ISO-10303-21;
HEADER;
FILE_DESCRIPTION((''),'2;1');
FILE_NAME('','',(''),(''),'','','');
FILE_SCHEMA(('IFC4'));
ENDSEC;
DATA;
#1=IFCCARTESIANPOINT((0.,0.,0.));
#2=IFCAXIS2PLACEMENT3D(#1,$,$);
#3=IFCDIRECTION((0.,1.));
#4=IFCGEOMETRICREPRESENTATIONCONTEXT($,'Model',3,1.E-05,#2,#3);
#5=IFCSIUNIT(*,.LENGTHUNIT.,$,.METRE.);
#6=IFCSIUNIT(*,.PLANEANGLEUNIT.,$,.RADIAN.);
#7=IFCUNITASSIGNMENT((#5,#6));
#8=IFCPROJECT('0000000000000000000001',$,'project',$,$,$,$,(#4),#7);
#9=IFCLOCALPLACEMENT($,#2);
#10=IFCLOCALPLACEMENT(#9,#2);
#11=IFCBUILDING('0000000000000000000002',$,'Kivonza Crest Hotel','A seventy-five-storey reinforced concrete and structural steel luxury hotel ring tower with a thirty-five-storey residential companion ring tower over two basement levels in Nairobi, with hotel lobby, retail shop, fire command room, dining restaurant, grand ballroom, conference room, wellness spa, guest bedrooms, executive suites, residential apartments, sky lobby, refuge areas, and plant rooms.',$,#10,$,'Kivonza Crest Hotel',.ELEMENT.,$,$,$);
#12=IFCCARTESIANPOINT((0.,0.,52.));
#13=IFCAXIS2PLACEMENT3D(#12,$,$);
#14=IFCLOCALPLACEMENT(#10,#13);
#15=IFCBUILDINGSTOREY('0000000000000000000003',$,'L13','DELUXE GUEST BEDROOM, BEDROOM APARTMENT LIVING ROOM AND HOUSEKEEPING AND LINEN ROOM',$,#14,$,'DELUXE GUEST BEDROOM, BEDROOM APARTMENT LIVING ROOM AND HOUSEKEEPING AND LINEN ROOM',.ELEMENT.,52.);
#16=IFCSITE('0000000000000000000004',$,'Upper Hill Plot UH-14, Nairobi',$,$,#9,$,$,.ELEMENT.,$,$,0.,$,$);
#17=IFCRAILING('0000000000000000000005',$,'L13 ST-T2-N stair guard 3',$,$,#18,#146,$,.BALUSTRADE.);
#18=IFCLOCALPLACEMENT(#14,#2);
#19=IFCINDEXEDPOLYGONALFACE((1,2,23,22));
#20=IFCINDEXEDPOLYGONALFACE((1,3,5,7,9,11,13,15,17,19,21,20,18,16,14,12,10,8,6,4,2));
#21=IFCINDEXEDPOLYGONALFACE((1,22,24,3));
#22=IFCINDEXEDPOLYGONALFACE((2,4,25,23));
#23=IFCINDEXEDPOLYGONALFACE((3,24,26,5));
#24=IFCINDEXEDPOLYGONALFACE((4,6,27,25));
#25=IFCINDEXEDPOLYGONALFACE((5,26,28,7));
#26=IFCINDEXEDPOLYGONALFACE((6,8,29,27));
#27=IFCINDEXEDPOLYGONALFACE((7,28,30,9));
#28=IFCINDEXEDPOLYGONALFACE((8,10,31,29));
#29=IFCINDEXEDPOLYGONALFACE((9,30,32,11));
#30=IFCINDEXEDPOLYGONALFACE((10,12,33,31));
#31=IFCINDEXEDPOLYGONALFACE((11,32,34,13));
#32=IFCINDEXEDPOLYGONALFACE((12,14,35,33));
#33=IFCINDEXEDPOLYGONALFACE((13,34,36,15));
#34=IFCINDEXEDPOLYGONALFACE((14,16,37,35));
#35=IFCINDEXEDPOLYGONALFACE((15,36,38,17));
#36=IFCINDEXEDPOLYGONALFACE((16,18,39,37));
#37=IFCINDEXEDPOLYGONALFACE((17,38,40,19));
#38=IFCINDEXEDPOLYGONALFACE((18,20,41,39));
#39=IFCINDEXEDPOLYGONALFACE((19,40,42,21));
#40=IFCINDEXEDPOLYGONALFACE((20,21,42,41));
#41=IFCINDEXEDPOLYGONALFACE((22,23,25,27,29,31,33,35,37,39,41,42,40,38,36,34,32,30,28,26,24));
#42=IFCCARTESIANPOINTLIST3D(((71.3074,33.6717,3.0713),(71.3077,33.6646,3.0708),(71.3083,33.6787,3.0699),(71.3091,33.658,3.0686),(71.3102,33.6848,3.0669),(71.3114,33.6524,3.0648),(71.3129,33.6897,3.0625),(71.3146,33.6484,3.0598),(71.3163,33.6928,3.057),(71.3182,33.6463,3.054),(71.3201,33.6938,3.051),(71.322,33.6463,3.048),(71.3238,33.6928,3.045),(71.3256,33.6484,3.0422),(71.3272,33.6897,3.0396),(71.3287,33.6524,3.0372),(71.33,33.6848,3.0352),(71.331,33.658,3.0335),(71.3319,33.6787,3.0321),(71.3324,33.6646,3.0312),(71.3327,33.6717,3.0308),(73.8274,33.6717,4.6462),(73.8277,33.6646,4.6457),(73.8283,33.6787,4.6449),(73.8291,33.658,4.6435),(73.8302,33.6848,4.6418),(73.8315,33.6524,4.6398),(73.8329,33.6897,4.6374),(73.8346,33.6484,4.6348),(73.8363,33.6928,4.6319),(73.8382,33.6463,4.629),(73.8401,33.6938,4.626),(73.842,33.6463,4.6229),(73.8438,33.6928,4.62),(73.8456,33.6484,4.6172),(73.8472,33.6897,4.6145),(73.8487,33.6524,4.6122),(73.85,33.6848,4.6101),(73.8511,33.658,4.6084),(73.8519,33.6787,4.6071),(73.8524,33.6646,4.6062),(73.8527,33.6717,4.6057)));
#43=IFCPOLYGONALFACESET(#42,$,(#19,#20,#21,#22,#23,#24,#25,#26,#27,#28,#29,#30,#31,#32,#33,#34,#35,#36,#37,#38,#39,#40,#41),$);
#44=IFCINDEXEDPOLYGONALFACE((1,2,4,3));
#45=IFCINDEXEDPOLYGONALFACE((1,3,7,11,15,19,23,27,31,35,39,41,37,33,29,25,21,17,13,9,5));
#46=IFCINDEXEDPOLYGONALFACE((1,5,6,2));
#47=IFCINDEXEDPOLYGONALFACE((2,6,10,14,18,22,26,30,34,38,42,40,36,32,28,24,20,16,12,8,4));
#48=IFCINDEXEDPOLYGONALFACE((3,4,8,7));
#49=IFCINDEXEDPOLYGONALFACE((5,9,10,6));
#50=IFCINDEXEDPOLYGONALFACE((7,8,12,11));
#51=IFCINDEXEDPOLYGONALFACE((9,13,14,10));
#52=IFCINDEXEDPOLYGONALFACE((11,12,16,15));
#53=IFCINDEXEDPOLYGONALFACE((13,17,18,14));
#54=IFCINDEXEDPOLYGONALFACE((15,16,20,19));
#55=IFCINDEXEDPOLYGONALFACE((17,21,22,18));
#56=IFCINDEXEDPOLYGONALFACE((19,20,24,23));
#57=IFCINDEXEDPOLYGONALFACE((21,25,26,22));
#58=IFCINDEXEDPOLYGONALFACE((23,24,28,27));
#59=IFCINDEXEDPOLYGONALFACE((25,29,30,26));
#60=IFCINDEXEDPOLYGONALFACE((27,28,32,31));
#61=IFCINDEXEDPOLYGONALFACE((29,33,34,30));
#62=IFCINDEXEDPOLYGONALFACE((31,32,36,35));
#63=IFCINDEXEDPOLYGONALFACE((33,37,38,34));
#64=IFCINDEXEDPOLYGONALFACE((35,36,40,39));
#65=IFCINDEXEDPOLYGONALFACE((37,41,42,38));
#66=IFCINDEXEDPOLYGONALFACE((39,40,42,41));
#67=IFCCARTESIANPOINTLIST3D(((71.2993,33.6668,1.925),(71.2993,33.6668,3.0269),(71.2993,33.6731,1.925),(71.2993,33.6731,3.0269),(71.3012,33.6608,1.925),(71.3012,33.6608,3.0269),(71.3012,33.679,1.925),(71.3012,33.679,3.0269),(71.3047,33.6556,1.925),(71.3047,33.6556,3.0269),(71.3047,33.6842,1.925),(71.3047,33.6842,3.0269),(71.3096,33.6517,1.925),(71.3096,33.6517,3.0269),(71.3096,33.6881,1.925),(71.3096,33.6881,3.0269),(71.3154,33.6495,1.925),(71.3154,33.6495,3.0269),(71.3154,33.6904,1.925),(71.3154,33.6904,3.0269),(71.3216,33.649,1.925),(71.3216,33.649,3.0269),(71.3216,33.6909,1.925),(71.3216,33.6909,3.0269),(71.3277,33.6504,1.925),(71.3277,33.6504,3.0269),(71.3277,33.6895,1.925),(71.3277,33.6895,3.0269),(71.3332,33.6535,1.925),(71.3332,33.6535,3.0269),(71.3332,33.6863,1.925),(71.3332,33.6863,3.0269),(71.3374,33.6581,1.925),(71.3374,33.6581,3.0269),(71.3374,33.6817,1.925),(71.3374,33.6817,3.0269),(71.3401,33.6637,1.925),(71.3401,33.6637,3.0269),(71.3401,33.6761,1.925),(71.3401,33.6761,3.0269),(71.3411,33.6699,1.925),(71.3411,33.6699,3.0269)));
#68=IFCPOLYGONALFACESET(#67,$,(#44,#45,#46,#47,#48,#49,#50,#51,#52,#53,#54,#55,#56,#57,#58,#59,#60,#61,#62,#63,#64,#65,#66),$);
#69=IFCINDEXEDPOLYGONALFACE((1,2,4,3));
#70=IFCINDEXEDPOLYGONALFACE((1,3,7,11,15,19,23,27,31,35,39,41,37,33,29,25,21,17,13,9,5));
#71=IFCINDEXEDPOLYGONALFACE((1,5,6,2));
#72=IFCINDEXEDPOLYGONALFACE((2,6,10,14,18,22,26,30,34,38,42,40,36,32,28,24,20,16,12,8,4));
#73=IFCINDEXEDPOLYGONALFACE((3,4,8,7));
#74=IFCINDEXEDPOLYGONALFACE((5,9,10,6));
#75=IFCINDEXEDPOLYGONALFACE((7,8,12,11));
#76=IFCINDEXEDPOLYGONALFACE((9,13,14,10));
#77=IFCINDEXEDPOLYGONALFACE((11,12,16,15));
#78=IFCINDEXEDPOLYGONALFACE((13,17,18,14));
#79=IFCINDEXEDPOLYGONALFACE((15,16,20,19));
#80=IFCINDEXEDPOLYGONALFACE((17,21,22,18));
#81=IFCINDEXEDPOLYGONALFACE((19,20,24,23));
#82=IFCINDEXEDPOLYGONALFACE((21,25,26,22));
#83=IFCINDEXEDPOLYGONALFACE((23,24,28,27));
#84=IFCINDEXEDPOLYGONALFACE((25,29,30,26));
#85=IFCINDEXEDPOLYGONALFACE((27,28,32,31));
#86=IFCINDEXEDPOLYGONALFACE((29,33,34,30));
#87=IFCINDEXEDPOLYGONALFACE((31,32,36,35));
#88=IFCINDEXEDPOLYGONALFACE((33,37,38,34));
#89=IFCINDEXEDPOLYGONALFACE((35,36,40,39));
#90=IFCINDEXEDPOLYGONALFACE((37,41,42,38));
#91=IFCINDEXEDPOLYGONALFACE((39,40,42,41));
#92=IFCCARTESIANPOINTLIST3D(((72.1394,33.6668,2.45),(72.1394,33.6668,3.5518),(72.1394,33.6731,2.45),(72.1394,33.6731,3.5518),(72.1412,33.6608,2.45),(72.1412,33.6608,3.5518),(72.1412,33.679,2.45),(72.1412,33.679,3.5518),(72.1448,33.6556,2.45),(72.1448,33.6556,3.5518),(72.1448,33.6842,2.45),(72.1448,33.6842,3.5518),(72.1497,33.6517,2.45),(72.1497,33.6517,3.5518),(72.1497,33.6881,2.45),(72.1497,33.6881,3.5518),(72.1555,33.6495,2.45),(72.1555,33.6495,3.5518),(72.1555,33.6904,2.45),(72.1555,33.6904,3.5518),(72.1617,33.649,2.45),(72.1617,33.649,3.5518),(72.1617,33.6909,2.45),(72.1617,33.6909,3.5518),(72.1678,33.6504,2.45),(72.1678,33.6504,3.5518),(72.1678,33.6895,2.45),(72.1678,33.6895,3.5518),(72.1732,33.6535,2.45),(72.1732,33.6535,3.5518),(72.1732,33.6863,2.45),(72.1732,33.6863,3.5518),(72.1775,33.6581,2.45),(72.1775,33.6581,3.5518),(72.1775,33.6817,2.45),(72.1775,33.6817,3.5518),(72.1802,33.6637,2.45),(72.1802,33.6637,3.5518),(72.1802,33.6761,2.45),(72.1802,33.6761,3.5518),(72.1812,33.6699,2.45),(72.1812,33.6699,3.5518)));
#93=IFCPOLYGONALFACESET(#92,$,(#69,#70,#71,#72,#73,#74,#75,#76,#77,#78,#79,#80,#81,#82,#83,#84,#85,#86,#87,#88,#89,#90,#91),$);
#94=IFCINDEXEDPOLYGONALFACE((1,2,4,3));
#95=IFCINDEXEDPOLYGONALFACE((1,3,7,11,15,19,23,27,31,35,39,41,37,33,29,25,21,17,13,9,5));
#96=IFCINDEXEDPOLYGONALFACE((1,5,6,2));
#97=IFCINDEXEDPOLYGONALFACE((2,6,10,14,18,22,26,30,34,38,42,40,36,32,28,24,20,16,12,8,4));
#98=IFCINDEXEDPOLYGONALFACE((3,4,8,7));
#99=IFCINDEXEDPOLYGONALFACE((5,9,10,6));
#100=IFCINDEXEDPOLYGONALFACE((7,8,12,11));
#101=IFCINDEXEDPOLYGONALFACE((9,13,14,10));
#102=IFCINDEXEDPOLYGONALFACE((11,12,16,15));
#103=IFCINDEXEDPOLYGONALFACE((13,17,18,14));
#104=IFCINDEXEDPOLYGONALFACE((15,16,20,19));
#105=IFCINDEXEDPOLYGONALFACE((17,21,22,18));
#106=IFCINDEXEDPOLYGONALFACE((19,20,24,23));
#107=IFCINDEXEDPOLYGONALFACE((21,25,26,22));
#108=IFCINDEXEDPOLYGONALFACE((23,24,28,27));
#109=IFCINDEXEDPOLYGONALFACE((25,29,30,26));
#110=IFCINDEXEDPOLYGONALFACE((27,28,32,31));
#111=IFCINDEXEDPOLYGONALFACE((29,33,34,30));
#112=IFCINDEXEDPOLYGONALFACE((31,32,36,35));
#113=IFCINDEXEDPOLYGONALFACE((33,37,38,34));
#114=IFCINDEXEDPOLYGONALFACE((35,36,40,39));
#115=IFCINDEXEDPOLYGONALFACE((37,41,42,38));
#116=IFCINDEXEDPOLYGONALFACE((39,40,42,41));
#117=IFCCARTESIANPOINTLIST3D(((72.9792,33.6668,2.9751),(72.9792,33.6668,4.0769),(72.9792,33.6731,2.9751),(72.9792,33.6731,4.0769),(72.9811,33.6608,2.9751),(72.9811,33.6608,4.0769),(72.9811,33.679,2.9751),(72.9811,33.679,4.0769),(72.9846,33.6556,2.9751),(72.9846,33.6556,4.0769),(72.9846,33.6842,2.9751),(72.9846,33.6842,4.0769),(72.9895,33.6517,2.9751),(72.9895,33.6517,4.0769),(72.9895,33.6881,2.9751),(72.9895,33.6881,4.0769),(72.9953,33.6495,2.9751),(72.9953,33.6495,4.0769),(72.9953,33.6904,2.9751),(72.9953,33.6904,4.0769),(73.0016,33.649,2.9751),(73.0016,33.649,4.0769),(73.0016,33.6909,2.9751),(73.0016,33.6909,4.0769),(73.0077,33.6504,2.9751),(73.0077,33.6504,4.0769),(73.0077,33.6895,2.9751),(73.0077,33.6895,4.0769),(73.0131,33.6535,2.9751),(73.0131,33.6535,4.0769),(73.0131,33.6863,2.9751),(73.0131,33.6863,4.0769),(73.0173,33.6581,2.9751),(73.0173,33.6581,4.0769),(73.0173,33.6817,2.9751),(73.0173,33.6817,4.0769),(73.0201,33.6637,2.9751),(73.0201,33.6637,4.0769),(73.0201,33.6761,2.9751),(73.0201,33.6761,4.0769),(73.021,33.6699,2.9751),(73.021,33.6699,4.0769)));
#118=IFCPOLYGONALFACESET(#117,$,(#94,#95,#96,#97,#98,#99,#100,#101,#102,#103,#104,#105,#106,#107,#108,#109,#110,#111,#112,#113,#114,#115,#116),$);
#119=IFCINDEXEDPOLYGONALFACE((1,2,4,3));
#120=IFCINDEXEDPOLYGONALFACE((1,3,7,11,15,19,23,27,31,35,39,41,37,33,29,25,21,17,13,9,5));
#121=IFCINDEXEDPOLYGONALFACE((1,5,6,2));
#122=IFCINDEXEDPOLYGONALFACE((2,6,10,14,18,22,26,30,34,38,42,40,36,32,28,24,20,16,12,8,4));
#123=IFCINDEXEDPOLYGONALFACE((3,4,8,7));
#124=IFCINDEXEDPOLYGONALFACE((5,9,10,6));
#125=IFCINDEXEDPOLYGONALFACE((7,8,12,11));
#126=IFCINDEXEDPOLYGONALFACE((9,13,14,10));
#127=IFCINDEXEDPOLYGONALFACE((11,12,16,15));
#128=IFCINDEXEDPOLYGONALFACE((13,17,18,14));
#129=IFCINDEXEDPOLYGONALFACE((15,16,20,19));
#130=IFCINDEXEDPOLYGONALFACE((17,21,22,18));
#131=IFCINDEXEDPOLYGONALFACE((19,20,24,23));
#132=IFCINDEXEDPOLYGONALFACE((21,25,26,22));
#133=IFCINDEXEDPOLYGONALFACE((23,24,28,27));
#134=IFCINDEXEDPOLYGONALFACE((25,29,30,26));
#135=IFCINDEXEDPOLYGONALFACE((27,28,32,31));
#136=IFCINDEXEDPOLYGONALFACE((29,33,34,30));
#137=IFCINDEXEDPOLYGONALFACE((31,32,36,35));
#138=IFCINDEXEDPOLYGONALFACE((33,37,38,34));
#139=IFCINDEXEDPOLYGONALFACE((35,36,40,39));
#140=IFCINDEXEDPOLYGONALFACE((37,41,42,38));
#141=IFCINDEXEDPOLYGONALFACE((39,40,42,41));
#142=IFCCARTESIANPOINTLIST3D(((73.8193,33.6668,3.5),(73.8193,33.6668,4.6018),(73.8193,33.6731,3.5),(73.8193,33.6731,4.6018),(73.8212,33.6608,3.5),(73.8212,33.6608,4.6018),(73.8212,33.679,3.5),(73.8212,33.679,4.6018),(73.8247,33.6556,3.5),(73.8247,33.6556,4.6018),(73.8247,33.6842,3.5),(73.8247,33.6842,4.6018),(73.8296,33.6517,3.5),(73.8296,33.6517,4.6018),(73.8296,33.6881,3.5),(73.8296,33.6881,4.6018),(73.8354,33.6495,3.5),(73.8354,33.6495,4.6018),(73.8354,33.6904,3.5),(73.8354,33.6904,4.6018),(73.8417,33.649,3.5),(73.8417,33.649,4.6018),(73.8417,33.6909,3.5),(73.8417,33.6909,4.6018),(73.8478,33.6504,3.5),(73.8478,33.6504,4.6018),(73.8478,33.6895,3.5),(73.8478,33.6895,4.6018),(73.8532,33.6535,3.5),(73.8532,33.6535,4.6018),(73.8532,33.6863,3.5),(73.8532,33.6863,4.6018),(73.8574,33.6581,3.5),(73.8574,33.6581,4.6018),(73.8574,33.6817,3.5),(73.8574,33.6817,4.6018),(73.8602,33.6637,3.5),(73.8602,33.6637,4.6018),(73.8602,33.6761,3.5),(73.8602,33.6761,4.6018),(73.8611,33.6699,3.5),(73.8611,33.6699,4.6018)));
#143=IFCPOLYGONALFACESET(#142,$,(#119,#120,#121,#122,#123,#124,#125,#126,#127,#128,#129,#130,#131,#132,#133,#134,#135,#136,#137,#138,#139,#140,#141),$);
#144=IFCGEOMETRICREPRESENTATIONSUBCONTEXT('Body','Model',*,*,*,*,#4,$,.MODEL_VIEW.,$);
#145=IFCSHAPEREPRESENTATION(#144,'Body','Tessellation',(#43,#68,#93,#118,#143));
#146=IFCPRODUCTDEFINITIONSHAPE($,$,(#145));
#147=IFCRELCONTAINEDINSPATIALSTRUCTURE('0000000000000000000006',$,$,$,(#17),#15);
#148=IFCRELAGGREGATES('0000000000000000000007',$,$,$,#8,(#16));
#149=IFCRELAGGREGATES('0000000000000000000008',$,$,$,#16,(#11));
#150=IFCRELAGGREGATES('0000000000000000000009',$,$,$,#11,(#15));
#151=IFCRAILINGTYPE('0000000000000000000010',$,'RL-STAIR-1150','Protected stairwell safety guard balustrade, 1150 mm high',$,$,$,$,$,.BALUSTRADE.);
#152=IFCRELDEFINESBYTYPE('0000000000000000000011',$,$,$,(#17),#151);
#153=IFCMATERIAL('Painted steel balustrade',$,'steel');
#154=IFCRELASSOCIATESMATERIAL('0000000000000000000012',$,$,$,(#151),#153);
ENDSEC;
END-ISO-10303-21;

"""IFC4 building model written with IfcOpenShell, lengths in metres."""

from ifc_helpers import new_model, si_unit, direction, frame, origin, origin_2d, place, context, subcontext, project, spatial, circle, extrude, material, type_object, element, save


model = new_model("IFC4")

# Units and contexts
model_context = context("Model", 3, precision=1e-05, world=origin(), true_north=direction((0.0, 1.0)))
body_context = subcontext(model_context, "Body", "Model", "MODEL_VIEW")
ifc_project = project(units=[si_unit("LENGTHUNIT", "METRE"), si_unit("PLANEANGLEUNIT", "RADIAN")], contexts=[model_context])

# Site, building, storey
site_placement = place(None, origin())
site = spatial("IfcSite", under=ifc_project, at=site_placement, Name="Upper Hill Plot UH-14, Nairobi", CompositionType="ELEMENT", RefElevation=0.0)
building_placement = place(site_placement, origin())
building = spatial("IfcBuilding", under=site, at=building_placement, Name="Kivonza Crest Hotel", Description="A seventy-five-storey reinforced concrete and structural steel luxury hotel ring tower with a thirty-five-storey residential companion ring tower over two basement levels in Nairobi, with hotel lobby, retail shop, fire command room, dining restaurant, grand ballroom, conference room, wellness spa, guest bedrooms, executive suites, residential apartments, sky lobby, refuge areas, and plant rooms.", LongName="Kivonza Crest Hotel", CompositionType="ELEMENT")
storey_placement = place(building_placement, frame((0.0, 0.0, 52.0)))
storey = spatial("IfcBuildingStorey", under=building, at=storey_placement, Name="L13", Description="DELUXE GUEST BEDROOM, BEDROOM APARTMENT LIVING ROOM AND HOUSEKEEPING AND LINEN ROOM", LongName="DELUXE GUEST BEDROOM, BEDROOM APARTMENT LIVING ROOM AND HOUSEKEEPING AND LINEN ROOM", CompositionType="ELEMENT", Elevation=52.0)

# Railing
ifc_material_1 = material(Name="Painted steel balustrade", Category="steel")
railing_type_1 = type_object("IfcRailingType", Name="RL-STAIR-1150", Description="Protected stairwell safety guard balustrade, 1150 mm high", PredefinedType="BALUSTRADE", material=ifc_material_1)
railing_1_placement = place(storey_placement, frame((71.3201, 33.6699, 1.925)))
element("IfcRailing", 1, at=railing_1_placement, inside=storey, type_object=railing_type_1, Name="L13 ST-T2-N stair guard 3", PredefinedType="BALUSTRADE", context=body_context, shape_type="SweptSolid", body=[
    extrude(circle(Radius=0.0239, at=origin_2d()), frame((0.0, 0.0, 1.126), z_axis=(0.848008, 0.0, 0.529984), x_axis=(0.0, 1.0, 0.0)), (0.0, 0.0, 1.0), 2.9717),
    extrude(circle(Radius=0.021, at=origin_2d()), origin(), (0.0, 0.0, 1.0), 1.1018),
    extrude(circle(Radius=0.021, at=origin_2d()), frame((0.8401, 0.0, 0.5249)), (0.0, 0.0, 1.0), 1.1018),
    extrude(circle(Radius=0.021, at=origin_2d()), frame((1.6799, 0.0, 1.05)), (0.0, 0.0, 1.0), 1.1018),
    extrude(circle(Radius=0.021, at=origin_2d()), frame((2.52, 0.0, 1.575)), (0.0, 0.0, 1.0), 1.1018),
])

save(model, "model.ifc")
